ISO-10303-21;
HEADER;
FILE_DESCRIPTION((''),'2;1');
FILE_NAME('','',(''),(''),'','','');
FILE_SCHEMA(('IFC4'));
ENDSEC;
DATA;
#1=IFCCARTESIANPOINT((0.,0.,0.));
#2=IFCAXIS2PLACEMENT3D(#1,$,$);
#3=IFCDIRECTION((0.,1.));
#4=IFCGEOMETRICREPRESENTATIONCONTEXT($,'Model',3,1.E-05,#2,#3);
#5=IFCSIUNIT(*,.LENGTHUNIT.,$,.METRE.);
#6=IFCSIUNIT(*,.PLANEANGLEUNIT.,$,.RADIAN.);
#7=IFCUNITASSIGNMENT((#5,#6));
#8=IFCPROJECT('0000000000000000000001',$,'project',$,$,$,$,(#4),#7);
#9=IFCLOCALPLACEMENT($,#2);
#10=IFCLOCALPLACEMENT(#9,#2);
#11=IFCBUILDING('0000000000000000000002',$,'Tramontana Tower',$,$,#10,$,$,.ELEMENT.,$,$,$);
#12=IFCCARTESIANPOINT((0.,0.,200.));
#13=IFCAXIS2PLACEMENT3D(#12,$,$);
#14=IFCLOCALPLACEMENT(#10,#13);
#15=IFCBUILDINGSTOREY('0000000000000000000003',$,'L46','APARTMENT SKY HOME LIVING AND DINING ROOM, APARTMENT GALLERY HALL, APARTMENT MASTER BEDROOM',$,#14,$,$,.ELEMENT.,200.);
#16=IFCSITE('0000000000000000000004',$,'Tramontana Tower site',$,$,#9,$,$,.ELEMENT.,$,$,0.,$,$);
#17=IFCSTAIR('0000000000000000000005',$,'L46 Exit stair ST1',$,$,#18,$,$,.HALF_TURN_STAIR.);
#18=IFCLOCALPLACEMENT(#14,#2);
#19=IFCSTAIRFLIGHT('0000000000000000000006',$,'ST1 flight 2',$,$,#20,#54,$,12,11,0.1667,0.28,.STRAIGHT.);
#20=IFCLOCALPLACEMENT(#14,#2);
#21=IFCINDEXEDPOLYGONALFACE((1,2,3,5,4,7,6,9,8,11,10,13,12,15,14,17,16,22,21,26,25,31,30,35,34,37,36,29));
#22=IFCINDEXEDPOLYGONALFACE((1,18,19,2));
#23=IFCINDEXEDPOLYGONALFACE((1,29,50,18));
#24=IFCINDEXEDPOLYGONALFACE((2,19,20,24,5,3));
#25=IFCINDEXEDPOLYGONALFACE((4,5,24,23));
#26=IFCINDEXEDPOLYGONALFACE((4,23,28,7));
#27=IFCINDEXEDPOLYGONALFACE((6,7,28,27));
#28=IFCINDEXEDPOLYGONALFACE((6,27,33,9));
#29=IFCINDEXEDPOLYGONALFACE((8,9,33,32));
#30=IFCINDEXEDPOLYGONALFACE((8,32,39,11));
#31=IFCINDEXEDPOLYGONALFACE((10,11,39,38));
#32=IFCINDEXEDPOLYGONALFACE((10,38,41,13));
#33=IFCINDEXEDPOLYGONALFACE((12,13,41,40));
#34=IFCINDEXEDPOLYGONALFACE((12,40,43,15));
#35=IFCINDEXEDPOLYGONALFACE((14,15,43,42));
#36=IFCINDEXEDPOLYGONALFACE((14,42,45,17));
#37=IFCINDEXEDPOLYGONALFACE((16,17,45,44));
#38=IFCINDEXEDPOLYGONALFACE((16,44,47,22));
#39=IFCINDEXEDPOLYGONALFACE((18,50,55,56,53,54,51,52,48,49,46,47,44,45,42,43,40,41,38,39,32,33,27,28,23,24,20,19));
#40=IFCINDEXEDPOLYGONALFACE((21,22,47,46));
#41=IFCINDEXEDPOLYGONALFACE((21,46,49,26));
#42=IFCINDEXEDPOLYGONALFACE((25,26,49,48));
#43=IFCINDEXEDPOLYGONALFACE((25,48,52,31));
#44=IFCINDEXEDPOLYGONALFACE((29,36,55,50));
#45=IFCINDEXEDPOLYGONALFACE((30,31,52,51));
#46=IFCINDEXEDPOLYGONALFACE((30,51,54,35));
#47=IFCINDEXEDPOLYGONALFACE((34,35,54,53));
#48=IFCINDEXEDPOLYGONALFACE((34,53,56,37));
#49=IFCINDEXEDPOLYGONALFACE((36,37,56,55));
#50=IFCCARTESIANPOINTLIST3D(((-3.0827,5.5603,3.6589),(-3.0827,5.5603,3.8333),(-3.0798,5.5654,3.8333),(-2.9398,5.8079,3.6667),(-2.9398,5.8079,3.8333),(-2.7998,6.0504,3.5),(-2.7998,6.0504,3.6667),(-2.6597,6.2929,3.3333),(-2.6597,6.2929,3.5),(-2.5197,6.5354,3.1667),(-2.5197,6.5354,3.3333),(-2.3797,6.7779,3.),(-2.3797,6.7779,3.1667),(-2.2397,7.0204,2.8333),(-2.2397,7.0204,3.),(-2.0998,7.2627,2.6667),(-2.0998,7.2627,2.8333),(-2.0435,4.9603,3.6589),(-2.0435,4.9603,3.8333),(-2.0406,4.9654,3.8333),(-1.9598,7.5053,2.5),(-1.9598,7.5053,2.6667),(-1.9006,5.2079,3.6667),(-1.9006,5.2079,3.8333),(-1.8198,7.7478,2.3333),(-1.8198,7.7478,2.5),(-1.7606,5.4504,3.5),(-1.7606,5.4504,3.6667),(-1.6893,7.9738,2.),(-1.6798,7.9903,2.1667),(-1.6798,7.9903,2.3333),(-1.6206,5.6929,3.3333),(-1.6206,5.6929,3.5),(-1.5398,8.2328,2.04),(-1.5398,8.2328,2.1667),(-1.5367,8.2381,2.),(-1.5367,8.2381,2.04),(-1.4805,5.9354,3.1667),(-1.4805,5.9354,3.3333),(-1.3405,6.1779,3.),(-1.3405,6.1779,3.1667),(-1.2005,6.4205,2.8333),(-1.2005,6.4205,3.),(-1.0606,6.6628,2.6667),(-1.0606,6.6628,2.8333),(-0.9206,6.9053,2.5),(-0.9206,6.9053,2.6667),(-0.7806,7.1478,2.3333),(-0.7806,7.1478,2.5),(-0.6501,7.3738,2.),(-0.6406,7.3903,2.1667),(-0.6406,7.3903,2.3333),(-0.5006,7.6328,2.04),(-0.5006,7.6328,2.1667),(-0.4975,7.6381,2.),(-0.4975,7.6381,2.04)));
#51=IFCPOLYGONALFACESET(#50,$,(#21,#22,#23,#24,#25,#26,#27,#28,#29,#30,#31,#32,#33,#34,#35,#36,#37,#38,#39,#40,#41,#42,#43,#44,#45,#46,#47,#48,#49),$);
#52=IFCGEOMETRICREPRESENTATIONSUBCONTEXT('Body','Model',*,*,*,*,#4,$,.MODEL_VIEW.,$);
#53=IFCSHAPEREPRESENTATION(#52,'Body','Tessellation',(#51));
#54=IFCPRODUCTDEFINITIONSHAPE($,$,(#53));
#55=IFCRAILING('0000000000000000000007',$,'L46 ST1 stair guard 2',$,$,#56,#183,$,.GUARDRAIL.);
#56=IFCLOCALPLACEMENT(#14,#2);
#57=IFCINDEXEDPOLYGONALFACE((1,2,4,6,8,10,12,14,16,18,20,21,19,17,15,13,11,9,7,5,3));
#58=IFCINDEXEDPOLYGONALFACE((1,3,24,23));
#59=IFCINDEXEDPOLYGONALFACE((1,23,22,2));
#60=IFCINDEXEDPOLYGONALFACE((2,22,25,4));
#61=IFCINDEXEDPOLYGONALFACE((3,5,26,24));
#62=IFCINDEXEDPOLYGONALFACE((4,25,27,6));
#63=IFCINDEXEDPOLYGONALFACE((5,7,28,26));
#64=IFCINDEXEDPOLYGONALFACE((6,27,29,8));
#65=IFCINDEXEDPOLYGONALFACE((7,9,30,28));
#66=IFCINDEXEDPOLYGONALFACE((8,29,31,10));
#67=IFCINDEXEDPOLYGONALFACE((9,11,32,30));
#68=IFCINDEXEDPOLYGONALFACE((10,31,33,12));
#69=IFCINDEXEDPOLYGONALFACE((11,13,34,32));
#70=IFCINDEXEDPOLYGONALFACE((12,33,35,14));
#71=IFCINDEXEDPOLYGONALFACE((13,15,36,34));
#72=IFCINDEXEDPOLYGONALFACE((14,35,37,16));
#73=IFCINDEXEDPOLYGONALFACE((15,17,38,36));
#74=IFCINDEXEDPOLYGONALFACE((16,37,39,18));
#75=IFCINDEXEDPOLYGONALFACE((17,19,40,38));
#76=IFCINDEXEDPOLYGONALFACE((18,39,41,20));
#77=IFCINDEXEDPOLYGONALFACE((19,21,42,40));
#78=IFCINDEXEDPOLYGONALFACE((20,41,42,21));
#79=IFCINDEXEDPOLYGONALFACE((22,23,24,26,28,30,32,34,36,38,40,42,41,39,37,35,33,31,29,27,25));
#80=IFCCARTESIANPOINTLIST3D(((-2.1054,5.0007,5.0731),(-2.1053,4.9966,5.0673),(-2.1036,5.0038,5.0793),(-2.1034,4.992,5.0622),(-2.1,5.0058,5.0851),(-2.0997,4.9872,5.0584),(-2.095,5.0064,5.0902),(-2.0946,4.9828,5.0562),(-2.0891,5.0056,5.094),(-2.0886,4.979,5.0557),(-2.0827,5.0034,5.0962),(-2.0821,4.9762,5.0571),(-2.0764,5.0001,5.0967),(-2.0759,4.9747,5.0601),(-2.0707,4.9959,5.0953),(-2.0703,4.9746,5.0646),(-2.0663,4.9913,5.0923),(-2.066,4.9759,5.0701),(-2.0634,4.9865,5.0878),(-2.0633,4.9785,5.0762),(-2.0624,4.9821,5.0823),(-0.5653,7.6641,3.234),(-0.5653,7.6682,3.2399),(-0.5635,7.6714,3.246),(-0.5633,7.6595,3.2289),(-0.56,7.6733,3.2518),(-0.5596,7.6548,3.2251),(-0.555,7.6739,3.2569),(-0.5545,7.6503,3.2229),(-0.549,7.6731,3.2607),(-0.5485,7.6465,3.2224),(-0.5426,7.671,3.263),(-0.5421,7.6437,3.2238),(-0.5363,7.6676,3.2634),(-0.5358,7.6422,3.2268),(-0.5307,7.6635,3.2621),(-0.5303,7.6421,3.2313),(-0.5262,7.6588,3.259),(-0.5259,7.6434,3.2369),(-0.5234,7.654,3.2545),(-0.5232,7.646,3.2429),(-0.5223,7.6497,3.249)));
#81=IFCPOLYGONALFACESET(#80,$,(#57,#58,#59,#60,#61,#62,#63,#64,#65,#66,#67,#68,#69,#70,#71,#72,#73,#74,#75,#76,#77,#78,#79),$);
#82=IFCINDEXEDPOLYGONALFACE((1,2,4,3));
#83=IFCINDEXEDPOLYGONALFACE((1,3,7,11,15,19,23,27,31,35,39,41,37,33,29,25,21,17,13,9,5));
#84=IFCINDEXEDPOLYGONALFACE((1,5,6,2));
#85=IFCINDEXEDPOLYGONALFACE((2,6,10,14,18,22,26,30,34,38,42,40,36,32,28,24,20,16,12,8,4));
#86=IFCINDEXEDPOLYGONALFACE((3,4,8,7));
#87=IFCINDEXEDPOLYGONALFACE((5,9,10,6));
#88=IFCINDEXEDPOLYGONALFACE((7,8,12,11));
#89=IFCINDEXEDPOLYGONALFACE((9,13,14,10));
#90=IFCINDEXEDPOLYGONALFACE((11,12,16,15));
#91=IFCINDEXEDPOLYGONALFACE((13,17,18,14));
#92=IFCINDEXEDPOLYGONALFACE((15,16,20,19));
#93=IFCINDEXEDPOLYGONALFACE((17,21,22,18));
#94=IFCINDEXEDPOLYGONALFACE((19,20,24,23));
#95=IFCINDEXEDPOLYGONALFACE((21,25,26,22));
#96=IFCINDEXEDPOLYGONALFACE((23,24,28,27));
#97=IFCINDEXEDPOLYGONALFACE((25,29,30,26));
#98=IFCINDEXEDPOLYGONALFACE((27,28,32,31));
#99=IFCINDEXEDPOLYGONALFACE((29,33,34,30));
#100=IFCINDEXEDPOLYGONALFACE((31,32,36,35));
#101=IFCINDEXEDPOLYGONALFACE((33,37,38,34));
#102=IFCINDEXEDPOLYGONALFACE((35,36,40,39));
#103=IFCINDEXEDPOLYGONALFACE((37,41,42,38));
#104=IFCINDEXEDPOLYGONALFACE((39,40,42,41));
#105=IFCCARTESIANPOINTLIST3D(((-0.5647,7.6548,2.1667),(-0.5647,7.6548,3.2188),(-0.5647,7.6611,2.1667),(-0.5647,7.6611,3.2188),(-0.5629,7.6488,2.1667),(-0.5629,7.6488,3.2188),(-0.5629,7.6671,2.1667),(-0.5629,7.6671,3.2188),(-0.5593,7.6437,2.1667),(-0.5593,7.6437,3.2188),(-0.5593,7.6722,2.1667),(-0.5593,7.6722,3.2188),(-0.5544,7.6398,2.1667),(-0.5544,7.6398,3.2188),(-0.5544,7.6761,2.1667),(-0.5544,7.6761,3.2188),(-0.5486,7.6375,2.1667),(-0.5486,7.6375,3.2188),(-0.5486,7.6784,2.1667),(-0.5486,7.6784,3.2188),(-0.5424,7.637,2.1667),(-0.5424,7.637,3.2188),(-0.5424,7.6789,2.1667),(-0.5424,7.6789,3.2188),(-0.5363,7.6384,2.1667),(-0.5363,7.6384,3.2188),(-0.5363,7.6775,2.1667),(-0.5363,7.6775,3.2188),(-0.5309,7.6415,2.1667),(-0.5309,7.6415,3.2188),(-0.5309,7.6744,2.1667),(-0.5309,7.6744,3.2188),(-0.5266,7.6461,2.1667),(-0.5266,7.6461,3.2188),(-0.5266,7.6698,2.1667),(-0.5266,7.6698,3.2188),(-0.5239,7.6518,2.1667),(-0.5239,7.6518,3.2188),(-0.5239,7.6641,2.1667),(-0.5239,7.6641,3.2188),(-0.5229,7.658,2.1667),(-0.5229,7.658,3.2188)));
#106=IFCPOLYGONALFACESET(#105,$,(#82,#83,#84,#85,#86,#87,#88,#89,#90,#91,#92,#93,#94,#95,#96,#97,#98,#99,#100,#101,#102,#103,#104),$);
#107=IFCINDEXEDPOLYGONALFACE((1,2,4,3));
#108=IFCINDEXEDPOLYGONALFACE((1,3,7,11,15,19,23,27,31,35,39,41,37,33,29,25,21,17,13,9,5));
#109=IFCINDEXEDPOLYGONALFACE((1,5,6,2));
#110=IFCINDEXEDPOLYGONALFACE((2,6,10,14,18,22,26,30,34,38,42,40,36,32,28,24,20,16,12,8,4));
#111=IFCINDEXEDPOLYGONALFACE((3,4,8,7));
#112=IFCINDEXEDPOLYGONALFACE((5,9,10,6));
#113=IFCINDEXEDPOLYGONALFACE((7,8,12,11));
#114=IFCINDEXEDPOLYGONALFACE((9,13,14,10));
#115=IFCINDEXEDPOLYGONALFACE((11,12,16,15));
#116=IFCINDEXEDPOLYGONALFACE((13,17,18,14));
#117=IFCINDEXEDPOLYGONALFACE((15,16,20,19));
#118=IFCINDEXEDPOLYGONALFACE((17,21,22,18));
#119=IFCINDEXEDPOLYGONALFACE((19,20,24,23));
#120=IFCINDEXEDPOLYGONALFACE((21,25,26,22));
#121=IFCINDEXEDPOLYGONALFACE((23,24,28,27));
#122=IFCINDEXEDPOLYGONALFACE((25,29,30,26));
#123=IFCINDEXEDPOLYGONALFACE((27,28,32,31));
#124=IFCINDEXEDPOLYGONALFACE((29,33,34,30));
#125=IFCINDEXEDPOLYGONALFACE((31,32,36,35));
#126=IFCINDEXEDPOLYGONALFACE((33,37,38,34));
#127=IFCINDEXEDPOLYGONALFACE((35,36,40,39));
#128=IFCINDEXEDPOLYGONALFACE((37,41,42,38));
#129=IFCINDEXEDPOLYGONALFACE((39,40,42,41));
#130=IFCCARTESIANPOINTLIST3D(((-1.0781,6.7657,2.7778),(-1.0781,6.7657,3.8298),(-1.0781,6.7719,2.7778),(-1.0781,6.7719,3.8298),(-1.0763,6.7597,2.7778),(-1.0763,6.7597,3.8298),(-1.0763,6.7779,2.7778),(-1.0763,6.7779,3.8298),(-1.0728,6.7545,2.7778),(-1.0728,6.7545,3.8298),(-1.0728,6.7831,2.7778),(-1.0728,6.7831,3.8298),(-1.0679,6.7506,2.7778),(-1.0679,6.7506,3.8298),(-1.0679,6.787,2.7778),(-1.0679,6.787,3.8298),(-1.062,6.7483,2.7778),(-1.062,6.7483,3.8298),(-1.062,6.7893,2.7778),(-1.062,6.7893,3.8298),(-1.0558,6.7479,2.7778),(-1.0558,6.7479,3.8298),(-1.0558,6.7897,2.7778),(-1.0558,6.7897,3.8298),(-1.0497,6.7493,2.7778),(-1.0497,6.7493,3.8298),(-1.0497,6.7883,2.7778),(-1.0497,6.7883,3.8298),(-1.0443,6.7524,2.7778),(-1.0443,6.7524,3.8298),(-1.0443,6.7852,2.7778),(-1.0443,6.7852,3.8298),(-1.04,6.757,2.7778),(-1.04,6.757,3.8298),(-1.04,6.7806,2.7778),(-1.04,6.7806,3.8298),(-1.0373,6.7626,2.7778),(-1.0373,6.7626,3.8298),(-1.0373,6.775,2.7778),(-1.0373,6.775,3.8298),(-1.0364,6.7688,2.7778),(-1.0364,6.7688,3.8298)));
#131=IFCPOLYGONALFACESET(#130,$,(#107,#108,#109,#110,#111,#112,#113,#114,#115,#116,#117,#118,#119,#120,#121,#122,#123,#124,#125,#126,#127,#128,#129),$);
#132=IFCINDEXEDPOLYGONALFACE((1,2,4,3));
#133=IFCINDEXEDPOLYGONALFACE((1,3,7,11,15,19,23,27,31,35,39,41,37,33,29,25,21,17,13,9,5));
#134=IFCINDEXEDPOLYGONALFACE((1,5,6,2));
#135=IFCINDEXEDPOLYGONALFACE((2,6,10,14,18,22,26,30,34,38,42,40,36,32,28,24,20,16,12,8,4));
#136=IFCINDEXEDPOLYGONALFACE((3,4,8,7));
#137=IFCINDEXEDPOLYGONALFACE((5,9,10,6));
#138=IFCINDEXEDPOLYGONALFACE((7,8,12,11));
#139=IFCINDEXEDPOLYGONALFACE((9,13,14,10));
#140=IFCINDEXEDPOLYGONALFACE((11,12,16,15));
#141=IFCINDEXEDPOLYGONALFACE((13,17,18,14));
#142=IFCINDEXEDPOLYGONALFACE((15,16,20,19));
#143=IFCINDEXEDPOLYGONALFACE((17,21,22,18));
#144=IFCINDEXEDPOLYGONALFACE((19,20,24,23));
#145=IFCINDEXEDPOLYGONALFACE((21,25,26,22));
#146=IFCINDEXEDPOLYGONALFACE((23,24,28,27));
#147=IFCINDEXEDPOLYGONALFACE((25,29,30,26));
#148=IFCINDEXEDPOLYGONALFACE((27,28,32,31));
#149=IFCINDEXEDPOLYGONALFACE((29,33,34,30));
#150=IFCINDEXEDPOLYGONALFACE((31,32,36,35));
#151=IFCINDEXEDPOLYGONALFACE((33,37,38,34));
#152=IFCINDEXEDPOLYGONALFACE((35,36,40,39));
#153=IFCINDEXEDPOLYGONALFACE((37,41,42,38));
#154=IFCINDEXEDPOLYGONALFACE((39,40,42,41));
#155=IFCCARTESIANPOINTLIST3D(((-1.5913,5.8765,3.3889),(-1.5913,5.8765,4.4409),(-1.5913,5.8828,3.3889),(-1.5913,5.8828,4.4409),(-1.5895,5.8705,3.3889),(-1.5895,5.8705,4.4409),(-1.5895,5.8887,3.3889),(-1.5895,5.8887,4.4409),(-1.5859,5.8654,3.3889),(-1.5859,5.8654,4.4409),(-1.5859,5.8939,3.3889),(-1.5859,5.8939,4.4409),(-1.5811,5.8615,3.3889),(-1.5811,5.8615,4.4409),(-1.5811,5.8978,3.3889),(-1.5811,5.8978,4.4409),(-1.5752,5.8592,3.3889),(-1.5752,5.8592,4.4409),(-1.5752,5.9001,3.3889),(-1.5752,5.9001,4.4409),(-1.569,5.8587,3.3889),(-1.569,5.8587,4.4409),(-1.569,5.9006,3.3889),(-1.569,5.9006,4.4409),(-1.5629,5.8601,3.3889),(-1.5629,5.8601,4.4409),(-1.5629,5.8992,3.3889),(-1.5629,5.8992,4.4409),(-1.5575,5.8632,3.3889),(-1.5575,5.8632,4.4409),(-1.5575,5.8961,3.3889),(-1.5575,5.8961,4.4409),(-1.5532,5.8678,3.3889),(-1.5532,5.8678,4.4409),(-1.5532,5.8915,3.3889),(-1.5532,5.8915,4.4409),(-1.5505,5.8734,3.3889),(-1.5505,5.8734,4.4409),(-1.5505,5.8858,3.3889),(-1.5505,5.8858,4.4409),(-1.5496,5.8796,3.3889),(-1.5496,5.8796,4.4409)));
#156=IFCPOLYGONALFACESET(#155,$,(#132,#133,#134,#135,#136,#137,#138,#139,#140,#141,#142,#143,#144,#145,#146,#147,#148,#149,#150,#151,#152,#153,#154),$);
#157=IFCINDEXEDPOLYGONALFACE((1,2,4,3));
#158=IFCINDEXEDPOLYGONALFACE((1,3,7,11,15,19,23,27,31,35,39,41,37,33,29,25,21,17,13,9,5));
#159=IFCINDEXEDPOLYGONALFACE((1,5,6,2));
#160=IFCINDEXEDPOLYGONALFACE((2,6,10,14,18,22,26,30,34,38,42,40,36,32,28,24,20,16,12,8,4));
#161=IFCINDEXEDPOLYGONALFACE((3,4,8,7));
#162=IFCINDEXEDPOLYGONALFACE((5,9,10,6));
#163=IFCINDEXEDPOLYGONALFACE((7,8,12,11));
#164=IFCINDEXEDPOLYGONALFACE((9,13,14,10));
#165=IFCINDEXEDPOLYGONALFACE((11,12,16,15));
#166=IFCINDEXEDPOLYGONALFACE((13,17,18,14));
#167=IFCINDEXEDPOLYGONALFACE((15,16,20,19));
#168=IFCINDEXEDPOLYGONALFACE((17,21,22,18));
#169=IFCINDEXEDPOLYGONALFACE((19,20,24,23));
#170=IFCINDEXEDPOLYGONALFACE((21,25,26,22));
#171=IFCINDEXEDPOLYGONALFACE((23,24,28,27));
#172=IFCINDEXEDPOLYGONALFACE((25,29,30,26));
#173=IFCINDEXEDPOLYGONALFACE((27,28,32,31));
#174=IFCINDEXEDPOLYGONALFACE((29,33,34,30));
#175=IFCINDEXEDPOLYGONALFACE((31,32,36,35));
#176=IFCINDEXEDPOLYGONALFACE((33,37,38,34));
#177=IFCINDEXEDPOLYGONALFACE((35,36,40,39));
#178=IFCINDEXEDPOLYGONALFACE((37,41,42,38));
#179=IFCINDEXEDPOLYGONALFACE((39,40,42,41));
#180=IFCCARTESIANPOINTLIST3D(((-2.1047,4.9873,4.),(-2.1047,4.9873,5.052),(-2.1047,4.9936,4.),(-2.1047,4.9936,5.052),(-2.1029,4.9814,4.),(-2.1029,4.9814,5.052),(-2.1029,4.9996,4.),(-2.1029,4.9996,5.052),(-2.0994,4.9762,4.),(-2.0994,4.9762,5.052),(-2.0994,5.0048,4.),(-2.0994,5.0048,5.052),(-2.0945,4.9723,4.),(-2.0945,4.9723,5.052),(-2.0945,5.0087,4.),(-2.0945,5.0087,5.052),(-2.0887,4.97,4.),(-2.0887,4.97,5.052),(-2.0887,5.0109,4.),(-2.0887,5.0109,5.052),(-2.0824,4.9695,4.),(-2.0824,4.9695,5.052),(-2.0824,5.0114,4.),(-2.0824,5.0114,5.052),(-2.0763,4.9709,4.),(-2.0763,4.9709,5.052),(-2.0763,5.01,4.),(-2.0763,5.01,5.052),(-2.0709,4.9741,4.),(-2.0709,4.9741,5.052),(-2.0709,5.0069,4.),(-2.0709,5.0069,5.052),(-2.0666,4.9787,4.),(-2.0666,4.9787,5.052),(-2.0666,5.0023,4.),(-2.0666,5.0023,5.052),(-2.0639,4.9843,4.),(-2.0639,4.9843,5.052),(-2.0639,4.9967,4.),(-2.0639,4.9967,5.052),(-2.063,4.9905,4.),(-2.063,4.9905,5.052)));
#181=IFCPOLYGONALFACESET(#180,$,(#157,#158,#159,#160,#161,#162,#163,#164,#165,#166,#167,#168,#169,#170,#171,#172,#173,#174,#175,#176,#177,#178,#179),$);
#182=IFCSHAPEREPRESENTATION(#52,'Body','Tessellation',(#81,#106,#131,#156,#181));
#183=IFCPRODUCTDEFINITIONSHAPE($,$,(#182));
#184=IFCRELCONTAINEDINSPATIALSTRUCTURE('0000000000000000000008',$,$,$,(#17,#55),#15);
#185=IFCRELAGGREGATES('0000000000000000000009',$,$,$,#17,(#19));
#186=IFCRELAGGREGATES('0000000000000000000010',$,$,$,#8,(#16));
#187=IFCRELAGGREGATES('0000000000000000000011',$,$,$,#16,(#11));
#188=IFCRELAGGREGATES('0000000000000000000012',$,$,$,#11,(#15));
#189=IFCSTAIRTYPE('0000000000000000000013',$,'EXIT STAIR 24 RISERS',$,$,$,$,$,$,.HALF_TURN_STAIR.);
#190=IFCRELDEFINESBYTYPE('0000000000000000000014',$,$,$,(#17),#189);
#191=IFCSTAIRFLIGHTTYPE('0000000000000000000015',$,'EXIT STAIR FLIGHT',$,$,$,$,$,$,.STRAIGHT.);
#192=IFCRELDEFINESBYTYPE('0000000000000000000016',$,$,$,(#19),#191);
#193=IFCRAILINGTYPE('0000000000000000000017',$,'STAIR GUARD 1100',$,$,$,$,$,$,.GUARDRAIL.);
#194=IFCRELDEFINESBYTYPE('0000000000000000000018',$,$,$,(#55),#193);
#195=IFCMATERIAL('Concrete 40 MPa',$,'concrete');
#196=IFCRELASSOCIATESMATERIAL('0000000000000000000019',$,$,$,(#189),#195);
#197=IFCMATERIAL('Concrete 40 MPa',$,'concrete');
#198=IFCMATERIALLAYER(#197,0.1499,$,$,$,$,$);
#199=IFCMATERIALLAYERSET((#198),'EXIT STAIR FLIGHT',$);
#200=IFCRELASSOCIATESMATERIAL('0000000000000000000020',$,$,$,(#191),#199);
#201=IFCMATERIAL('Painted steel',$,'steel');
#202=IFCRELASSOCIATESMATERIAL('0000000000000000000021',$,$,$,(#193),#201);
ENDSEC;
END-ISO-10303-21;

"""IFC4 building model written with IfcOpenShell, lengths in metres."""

from ifc_helpers import new_model, si_unit, direction, frame, origin, origin_2d, place, context, subcontext, project, spatial, polyline, circle, outline, extrude, material, layer, layer_set, type_object, element, aggregate, save


model = new_model("IFC4")

# Units and contexts
model_context = context("Model", 3, precision=1e-05, world=origin(), true_north=direction((0.0, 1.0)))
body_context = subcontext(model_context, "Body", "Model", "MODEL_VIEW")
ifc_project = project(units=[si_unit("LENGTHUNIT", "METRE"), si_unit("PLANEANGLEUNIT", "RADIAN")], contexts=[model_context])

# Site, building, storey
site_placement = place(None, origin())
site = spatial("IfcSite", under=ifc_project, at=site_placement, Name="Tramontana Tower site", CompositionType="ELEMENT", RefElevation=0.0)
building_placement = place(site_placement, origin())
building = spatial("IfcBuilding", under=site, at=building_placement, Name="Tramontana Tower", CompositionType="ELEMENT")
storey_placement = place(building_placement, frame((0.0, 0.0, 200.0)))
storey = spatial("IfcBuildingStorey", under=building, at=storey_placement, Name="L46", Description="APARTMENT SKY HOME LIVING AND DINING ROOM, APARTMENT GALLERY HALL, APARTMENT MASTER BEDROOM", CompositionType="ELEMENT", Elevation=200.0)

# Stair, stair flight
ifc_material_1 = material(Name="Concrete 40 MPa", Category="concrete")
stair_type = type_object("IfcStairType", Name="EXIT STAIR 24 RISERS", PredefinedType="HALF_TURN_STAIR", material=ifc_material_1)
stair_placement = place(storey_placement, origin())
stair = element("IfcStair", 1, at=stair_placement, inside=storey, type_object=stair_type, Name="L46 Exit stair ST1", PredefinedType="HALF_TURN_STAIR")
ifc_material_2 = material(Name="Concrete 40 MPa", Category="concrete")
ifc_layer_1 = layer(ifc_material_2, 0.1499)
ifc_layer_set_1 = layer_set([ifc_layer_1], Name="EXIT STAIR FLIGHT")
stair_flight_type = type_object("IfcStairFlightType", Name="EXIT STAIR FLIGHT", PredefinedType="STRAIGHT", material=ifc_layer_set_1)
stair_flight_placement = place(storey_placement, frame((-1.0203, 7.9329, 2.0), z_axis=(0.0, 0.0, 1.0), x_axis=(-0.5, -0.866025, 0.0)))
stair_flight = element("IfcStairFlight", 2, at=stair_flight_placement, type_object=stair_flight_type, Name="ST1 flight 2", NumberOfRisers=12, NumberOfTreads=11, PredefinedType="STRAIGHT", RiserHeight=0.1667, TreadLength=0.28, context=body_context, shape_type="SweptSolid", body=[
    extrude(outline(polyline([(-0.0061, 0.0), (-0.0061, 0.04), (0.0, 0.04), (0.0, 0.1667), (0.28, 0.1667), (0.28, 0.3333), (0.5601, 0.3333), (0.5601, 0.5), (0.8401, 0.5), (0.8401, 0.6667), (1.1201, 0.6667), (1.1201, 0.8333), (1.3999, 0.8333), (1.3999, 1.0), (1.6799, 1.0), (1.6799, 1.1667), (1.96, 1.1667), (1.96, 1.3333), (2.24, 1.3333), (2.24, 1.5), (2.52, 1.5), (2.52, 1.6667), (2.8, 1.6667), (2.8, 1.8333), (3.0801, 1.8333), (3.0859, 1.8333), (3.0859, 1.6589), (0.2991, 0.0), (-0.0061, 0.0)])), frame((0.0, 0.6001, 0.0), z_axis=(0.0, -1.0, 0.0), x_axis=(1.0, 0.0, 0.0)), (0.0, 0.0, 1.0), 1.2),
])
aggregate(stair, [stair_flight])

# Railing
ifc_material_3 = material(Name="Painted steel", Category="steel")
railing_type_1 = type_object("IfcRailingType", Name="STAIR GUARD 1100", PredefinedType="GUARDRAIL", material=ifc_material_3)
railing_1_placement = place(storey_placement, frame((-0.5439, 7.658, 2.1667)))
element("IfcRailing", 3, at=railing_1_placement, inside=storey, type_object=railing_type_1, Name="L46 ST1 stair guard 2", PredefinedType="GUARDRAIL", context=body_context, shape_type="SweptSolid", body=[
    extrude(circle(Radius=0.0239, at=origin_2d()), frame((0.0, 0.0, 1.0762), z_axis=(-0.429649, -0.74419, 0.511452), x_axis=(0.86603, -0.499992, 0.0)), (0.0, 0.0, 1.0), 3.5845),
    extrude(circle(Radius=0.021, at=origin_2d()), origin(), (0.0, 0.0, 1.0), 1.052),
    extrude(circle(Radius=0.021, at=origin_2d()), frame((-0.5134, -0.8892, 0.6111)), (0.0, 0.0, 1.0), 1.052),
    extrude(circle(Radius=0.021, at=origin_2d()), frame((-1.0266, -1.7783, 1.2222)), (0.0, 0.0, 1.0), 1.052),
    extrude(circle(Radius=0.021, at=origin_2d()), frame((-1.54, -2.6675, 1.8333)), (0.0, 0.0, 1.0), 1.052),
])

save(model, "model.ifc")
